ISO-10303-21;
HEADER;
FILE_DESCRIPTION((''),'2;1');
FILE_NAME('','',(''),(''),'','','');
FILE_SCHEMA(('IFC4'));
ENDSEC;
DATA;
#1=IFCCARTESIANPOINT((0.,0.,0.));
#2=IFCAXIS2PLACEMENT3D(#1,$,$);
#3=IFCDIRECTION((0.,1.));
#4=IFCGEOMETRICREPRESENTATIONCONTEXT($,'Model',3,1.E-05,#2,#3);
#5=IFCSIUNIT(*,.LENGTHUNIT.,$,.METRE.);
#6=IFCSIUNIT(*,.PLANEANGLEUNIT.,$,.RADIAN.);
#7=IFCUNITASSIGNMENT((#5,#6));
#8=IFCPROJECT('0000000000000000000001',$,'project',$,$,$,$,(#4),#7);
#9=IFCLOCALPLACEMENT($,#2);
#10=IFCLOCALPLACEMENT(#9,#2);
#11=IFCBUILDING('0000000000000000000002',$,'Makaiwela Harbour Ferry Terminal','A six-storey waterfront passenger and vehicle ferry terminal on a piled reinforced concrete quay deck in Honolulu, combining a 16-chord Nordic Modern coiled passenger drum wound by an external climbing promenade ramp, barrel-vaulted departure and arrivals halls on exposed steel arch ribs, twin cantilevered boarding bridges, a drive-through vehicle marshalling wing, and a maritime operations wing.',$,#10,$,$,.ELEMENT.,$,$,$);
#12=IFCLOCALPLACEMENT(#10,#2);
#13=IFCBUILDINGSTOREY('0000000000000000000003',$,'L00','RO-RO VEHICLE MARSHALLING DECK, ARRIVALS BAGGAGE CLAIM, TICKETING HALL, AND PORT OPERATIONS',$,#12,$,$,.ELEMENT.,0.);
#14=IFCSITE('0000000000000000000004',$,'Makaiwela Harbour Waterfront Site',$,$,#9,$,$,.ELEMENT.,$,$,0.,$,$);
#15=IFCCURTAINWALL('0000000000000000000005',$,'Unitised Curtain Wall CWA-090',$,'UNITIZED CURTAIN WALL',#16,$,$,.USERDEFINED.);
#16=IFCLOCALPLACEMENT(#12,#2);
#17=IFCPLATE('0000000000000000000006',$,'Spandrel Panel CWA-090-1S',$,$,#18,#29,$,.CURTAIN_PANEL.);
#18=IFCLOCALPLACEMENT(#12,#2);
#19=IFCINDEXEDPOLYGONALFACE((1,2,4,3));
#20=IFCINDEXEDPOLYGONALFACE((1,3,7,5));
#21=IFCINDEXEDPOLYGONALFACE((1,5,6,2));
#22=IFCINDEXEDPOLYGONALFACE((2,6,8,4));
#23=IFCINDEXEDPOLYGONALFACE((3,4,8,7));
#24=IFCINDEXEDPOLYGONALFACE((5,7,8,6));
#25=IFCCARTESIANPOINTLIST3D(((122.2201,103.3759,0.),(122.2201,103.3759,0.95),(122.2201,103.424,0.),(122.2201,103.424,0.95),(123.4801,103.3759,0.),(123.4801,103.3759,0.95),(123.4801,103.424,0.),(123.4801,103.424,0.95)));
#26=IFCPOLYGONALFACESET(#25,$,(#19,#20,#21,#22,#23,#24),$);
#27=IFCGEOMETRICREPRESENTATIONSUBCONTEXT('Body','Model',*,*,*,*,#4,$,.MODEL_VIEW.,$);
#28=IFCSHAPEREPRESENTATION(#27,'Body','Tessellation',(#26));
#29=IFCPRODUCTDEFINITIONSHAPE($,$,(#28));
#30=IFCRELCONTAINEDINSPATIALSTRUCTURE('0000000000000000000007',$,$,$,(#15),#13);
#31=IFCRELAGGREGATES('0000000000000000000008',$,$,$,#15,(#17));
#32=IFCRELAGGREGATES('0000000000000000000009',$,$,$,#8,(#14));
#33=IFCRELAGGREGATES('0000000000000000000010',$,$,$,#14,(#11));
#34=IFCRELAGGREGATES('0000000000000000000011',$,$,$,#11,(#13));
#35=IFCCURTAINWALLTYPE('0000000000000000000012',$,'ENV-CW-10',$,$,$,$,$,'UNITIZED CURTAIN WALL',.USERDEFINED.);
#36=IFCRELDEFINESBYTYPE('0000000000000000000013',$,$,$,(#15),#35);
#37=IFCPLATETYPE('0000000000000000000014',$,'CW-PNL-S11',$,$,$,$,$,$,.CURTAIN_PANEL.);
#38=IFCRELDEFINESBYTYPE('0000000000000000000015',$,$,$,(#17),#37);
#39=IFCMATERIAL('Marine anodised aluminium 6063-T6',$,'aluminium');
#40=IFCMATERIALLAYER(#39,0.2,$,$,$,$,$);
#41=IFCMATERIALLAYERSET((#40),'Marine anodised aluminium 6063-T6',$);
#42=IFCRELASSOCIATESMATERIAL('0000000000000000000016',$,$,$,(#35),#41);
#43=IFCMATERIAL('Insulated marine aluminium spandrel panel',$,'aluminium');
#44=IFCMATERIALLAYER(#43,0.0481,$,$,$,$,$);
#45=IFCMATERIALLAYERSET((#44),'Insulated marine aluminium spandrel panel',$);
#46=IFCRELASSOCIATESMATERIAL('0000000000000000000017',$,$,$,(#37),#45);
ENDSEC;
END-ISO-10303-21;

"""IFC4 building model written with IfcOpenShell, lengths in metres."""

from ifc_helpers import new_model, si_unit, direction, frame, origin, origin_2d, place, context, subcontext, project, spatial, rectangle, extrude, material, layer, layer_set, type_object, element, aggregate, save


model = new_model("IFC4")

# Units and contexts
model_context = context("Model", 3, precision=1e-05, world=origin(), true_north=direction((0.0, 1.0)))
body_context = subcontext(model_context, "Body", "Model", "MODEL_VIEW")
ifc_project = project(units=[si_unit("LENGTHUNIT", "METRE"), si_unit("PLANEANGLEUNIT", "RADIAN")], contexts=[model_context])

# Site, building, storey
site_placement = place(None, origin())
site = spatial("IfcSite", under=ifc_project, at=site_placement, Name="Makaiwela Harbour Waterfront Site", CompositionType="ELEMENT", RefElevation=0.0)
building_placement = place(site_placement, origin())
building = spatial("IfcBuilding", under=site, at=building_placement, Name="Makaiwela Harbour Ferry Terminal", Description="A six-storey waterfront passenger and vehicle ferry terminal on a piled reinforced concrete quay deck in Honolulu, combining a 16-chord Nordic Modern coiled passenger drum wound by an external climbing promenade ramp, barrel-vaulted departure and arrivals halls on exposed steel arch ribs, twin cantilevered boarding bridges, a drive-through vehicle marshalling wing, and a maritime operations wing.", CompositionType="ELEMENT")
storey_placement = place(building_placement, origin())
storey = spatial("IfcBuildingStorey", under=building, at=storey_placement, Name="L00", Description="RO-RO VEHICLE MARSHALLING DECK, ARRIVALS BAGGAGE CLAIM, TICKETING HALL, AND PORT OPERATIONS", CompositionType="ELEMENT", Elevation=0.0)

# Curtain wall, plate
ifc_material_1 = material(Name="Marine anodised aluminium 6063-T6", Category="aluminium")
ifc_layer_1 = layer(ifc_material_1, 0.2)
ifc_layer_set_1 = layer_set([ifc_layer_1], Name="Marine anodised aluminium 6063-T6")
curtain_wall_type = type_object("IfcCurtainWallType", Name="ENV-CW-10", ElementType="UNITIZED CURTAIN WALL", PredefinedType="USERDEFINED", material=ifc_layer_set_1)
curtain_wall_placement = place(storey_placement, origin())
curtain_wall = element("IfcCurtainWall", 1, at=curtain_wall_placement, inside=storey, type_object=curtain_wall_type, Name="Unitised Curtain Wall CWA-090", ObjectType="UNITIZED CURTAIN WALL", PredefinedType="USERDEFINED")
ifc_material_2 = material(Name="Insulated marine aluminium spandrel panel", Category="aluminium")
ifc_layer_2 = layer(ifc_material_2, 0.0481)
ifc_layer_set_2 = layer_set([ifc_layer_2], Name="Insulated marine aluminium spandrel panel")
plate_type_1 = type_object("IfcPlateType", Name="CW-PNL-S11", PredefinedType="CURTAIN_PANEL", material=ifc_layer_set_2)
plate_1_placement = place(storey_placement, frame((122.8501, 103.3999, 0.0), z_axis=(0.0, 0.0, 1.0), x_axis=(1.0, 0.0, 0.0)))
plate_1 = element("IfcPlate", 2, at=plate_1_placement, type_object=plate_type_1, Name="Spandrel Panel CWA-090-1S", PredefinedType="CURTAIN_PANEL", context=body_context, shape_type="SweptSolid", body=[
    extrude(rectangle(XDim=1.26, YDim=0.0481, at=origin_2d()), origin(), (0.0, 0.0, 1.0), 0.95),
])
aggregate(curtain_wall, [plate_1])

save(model, "model.ifc")
